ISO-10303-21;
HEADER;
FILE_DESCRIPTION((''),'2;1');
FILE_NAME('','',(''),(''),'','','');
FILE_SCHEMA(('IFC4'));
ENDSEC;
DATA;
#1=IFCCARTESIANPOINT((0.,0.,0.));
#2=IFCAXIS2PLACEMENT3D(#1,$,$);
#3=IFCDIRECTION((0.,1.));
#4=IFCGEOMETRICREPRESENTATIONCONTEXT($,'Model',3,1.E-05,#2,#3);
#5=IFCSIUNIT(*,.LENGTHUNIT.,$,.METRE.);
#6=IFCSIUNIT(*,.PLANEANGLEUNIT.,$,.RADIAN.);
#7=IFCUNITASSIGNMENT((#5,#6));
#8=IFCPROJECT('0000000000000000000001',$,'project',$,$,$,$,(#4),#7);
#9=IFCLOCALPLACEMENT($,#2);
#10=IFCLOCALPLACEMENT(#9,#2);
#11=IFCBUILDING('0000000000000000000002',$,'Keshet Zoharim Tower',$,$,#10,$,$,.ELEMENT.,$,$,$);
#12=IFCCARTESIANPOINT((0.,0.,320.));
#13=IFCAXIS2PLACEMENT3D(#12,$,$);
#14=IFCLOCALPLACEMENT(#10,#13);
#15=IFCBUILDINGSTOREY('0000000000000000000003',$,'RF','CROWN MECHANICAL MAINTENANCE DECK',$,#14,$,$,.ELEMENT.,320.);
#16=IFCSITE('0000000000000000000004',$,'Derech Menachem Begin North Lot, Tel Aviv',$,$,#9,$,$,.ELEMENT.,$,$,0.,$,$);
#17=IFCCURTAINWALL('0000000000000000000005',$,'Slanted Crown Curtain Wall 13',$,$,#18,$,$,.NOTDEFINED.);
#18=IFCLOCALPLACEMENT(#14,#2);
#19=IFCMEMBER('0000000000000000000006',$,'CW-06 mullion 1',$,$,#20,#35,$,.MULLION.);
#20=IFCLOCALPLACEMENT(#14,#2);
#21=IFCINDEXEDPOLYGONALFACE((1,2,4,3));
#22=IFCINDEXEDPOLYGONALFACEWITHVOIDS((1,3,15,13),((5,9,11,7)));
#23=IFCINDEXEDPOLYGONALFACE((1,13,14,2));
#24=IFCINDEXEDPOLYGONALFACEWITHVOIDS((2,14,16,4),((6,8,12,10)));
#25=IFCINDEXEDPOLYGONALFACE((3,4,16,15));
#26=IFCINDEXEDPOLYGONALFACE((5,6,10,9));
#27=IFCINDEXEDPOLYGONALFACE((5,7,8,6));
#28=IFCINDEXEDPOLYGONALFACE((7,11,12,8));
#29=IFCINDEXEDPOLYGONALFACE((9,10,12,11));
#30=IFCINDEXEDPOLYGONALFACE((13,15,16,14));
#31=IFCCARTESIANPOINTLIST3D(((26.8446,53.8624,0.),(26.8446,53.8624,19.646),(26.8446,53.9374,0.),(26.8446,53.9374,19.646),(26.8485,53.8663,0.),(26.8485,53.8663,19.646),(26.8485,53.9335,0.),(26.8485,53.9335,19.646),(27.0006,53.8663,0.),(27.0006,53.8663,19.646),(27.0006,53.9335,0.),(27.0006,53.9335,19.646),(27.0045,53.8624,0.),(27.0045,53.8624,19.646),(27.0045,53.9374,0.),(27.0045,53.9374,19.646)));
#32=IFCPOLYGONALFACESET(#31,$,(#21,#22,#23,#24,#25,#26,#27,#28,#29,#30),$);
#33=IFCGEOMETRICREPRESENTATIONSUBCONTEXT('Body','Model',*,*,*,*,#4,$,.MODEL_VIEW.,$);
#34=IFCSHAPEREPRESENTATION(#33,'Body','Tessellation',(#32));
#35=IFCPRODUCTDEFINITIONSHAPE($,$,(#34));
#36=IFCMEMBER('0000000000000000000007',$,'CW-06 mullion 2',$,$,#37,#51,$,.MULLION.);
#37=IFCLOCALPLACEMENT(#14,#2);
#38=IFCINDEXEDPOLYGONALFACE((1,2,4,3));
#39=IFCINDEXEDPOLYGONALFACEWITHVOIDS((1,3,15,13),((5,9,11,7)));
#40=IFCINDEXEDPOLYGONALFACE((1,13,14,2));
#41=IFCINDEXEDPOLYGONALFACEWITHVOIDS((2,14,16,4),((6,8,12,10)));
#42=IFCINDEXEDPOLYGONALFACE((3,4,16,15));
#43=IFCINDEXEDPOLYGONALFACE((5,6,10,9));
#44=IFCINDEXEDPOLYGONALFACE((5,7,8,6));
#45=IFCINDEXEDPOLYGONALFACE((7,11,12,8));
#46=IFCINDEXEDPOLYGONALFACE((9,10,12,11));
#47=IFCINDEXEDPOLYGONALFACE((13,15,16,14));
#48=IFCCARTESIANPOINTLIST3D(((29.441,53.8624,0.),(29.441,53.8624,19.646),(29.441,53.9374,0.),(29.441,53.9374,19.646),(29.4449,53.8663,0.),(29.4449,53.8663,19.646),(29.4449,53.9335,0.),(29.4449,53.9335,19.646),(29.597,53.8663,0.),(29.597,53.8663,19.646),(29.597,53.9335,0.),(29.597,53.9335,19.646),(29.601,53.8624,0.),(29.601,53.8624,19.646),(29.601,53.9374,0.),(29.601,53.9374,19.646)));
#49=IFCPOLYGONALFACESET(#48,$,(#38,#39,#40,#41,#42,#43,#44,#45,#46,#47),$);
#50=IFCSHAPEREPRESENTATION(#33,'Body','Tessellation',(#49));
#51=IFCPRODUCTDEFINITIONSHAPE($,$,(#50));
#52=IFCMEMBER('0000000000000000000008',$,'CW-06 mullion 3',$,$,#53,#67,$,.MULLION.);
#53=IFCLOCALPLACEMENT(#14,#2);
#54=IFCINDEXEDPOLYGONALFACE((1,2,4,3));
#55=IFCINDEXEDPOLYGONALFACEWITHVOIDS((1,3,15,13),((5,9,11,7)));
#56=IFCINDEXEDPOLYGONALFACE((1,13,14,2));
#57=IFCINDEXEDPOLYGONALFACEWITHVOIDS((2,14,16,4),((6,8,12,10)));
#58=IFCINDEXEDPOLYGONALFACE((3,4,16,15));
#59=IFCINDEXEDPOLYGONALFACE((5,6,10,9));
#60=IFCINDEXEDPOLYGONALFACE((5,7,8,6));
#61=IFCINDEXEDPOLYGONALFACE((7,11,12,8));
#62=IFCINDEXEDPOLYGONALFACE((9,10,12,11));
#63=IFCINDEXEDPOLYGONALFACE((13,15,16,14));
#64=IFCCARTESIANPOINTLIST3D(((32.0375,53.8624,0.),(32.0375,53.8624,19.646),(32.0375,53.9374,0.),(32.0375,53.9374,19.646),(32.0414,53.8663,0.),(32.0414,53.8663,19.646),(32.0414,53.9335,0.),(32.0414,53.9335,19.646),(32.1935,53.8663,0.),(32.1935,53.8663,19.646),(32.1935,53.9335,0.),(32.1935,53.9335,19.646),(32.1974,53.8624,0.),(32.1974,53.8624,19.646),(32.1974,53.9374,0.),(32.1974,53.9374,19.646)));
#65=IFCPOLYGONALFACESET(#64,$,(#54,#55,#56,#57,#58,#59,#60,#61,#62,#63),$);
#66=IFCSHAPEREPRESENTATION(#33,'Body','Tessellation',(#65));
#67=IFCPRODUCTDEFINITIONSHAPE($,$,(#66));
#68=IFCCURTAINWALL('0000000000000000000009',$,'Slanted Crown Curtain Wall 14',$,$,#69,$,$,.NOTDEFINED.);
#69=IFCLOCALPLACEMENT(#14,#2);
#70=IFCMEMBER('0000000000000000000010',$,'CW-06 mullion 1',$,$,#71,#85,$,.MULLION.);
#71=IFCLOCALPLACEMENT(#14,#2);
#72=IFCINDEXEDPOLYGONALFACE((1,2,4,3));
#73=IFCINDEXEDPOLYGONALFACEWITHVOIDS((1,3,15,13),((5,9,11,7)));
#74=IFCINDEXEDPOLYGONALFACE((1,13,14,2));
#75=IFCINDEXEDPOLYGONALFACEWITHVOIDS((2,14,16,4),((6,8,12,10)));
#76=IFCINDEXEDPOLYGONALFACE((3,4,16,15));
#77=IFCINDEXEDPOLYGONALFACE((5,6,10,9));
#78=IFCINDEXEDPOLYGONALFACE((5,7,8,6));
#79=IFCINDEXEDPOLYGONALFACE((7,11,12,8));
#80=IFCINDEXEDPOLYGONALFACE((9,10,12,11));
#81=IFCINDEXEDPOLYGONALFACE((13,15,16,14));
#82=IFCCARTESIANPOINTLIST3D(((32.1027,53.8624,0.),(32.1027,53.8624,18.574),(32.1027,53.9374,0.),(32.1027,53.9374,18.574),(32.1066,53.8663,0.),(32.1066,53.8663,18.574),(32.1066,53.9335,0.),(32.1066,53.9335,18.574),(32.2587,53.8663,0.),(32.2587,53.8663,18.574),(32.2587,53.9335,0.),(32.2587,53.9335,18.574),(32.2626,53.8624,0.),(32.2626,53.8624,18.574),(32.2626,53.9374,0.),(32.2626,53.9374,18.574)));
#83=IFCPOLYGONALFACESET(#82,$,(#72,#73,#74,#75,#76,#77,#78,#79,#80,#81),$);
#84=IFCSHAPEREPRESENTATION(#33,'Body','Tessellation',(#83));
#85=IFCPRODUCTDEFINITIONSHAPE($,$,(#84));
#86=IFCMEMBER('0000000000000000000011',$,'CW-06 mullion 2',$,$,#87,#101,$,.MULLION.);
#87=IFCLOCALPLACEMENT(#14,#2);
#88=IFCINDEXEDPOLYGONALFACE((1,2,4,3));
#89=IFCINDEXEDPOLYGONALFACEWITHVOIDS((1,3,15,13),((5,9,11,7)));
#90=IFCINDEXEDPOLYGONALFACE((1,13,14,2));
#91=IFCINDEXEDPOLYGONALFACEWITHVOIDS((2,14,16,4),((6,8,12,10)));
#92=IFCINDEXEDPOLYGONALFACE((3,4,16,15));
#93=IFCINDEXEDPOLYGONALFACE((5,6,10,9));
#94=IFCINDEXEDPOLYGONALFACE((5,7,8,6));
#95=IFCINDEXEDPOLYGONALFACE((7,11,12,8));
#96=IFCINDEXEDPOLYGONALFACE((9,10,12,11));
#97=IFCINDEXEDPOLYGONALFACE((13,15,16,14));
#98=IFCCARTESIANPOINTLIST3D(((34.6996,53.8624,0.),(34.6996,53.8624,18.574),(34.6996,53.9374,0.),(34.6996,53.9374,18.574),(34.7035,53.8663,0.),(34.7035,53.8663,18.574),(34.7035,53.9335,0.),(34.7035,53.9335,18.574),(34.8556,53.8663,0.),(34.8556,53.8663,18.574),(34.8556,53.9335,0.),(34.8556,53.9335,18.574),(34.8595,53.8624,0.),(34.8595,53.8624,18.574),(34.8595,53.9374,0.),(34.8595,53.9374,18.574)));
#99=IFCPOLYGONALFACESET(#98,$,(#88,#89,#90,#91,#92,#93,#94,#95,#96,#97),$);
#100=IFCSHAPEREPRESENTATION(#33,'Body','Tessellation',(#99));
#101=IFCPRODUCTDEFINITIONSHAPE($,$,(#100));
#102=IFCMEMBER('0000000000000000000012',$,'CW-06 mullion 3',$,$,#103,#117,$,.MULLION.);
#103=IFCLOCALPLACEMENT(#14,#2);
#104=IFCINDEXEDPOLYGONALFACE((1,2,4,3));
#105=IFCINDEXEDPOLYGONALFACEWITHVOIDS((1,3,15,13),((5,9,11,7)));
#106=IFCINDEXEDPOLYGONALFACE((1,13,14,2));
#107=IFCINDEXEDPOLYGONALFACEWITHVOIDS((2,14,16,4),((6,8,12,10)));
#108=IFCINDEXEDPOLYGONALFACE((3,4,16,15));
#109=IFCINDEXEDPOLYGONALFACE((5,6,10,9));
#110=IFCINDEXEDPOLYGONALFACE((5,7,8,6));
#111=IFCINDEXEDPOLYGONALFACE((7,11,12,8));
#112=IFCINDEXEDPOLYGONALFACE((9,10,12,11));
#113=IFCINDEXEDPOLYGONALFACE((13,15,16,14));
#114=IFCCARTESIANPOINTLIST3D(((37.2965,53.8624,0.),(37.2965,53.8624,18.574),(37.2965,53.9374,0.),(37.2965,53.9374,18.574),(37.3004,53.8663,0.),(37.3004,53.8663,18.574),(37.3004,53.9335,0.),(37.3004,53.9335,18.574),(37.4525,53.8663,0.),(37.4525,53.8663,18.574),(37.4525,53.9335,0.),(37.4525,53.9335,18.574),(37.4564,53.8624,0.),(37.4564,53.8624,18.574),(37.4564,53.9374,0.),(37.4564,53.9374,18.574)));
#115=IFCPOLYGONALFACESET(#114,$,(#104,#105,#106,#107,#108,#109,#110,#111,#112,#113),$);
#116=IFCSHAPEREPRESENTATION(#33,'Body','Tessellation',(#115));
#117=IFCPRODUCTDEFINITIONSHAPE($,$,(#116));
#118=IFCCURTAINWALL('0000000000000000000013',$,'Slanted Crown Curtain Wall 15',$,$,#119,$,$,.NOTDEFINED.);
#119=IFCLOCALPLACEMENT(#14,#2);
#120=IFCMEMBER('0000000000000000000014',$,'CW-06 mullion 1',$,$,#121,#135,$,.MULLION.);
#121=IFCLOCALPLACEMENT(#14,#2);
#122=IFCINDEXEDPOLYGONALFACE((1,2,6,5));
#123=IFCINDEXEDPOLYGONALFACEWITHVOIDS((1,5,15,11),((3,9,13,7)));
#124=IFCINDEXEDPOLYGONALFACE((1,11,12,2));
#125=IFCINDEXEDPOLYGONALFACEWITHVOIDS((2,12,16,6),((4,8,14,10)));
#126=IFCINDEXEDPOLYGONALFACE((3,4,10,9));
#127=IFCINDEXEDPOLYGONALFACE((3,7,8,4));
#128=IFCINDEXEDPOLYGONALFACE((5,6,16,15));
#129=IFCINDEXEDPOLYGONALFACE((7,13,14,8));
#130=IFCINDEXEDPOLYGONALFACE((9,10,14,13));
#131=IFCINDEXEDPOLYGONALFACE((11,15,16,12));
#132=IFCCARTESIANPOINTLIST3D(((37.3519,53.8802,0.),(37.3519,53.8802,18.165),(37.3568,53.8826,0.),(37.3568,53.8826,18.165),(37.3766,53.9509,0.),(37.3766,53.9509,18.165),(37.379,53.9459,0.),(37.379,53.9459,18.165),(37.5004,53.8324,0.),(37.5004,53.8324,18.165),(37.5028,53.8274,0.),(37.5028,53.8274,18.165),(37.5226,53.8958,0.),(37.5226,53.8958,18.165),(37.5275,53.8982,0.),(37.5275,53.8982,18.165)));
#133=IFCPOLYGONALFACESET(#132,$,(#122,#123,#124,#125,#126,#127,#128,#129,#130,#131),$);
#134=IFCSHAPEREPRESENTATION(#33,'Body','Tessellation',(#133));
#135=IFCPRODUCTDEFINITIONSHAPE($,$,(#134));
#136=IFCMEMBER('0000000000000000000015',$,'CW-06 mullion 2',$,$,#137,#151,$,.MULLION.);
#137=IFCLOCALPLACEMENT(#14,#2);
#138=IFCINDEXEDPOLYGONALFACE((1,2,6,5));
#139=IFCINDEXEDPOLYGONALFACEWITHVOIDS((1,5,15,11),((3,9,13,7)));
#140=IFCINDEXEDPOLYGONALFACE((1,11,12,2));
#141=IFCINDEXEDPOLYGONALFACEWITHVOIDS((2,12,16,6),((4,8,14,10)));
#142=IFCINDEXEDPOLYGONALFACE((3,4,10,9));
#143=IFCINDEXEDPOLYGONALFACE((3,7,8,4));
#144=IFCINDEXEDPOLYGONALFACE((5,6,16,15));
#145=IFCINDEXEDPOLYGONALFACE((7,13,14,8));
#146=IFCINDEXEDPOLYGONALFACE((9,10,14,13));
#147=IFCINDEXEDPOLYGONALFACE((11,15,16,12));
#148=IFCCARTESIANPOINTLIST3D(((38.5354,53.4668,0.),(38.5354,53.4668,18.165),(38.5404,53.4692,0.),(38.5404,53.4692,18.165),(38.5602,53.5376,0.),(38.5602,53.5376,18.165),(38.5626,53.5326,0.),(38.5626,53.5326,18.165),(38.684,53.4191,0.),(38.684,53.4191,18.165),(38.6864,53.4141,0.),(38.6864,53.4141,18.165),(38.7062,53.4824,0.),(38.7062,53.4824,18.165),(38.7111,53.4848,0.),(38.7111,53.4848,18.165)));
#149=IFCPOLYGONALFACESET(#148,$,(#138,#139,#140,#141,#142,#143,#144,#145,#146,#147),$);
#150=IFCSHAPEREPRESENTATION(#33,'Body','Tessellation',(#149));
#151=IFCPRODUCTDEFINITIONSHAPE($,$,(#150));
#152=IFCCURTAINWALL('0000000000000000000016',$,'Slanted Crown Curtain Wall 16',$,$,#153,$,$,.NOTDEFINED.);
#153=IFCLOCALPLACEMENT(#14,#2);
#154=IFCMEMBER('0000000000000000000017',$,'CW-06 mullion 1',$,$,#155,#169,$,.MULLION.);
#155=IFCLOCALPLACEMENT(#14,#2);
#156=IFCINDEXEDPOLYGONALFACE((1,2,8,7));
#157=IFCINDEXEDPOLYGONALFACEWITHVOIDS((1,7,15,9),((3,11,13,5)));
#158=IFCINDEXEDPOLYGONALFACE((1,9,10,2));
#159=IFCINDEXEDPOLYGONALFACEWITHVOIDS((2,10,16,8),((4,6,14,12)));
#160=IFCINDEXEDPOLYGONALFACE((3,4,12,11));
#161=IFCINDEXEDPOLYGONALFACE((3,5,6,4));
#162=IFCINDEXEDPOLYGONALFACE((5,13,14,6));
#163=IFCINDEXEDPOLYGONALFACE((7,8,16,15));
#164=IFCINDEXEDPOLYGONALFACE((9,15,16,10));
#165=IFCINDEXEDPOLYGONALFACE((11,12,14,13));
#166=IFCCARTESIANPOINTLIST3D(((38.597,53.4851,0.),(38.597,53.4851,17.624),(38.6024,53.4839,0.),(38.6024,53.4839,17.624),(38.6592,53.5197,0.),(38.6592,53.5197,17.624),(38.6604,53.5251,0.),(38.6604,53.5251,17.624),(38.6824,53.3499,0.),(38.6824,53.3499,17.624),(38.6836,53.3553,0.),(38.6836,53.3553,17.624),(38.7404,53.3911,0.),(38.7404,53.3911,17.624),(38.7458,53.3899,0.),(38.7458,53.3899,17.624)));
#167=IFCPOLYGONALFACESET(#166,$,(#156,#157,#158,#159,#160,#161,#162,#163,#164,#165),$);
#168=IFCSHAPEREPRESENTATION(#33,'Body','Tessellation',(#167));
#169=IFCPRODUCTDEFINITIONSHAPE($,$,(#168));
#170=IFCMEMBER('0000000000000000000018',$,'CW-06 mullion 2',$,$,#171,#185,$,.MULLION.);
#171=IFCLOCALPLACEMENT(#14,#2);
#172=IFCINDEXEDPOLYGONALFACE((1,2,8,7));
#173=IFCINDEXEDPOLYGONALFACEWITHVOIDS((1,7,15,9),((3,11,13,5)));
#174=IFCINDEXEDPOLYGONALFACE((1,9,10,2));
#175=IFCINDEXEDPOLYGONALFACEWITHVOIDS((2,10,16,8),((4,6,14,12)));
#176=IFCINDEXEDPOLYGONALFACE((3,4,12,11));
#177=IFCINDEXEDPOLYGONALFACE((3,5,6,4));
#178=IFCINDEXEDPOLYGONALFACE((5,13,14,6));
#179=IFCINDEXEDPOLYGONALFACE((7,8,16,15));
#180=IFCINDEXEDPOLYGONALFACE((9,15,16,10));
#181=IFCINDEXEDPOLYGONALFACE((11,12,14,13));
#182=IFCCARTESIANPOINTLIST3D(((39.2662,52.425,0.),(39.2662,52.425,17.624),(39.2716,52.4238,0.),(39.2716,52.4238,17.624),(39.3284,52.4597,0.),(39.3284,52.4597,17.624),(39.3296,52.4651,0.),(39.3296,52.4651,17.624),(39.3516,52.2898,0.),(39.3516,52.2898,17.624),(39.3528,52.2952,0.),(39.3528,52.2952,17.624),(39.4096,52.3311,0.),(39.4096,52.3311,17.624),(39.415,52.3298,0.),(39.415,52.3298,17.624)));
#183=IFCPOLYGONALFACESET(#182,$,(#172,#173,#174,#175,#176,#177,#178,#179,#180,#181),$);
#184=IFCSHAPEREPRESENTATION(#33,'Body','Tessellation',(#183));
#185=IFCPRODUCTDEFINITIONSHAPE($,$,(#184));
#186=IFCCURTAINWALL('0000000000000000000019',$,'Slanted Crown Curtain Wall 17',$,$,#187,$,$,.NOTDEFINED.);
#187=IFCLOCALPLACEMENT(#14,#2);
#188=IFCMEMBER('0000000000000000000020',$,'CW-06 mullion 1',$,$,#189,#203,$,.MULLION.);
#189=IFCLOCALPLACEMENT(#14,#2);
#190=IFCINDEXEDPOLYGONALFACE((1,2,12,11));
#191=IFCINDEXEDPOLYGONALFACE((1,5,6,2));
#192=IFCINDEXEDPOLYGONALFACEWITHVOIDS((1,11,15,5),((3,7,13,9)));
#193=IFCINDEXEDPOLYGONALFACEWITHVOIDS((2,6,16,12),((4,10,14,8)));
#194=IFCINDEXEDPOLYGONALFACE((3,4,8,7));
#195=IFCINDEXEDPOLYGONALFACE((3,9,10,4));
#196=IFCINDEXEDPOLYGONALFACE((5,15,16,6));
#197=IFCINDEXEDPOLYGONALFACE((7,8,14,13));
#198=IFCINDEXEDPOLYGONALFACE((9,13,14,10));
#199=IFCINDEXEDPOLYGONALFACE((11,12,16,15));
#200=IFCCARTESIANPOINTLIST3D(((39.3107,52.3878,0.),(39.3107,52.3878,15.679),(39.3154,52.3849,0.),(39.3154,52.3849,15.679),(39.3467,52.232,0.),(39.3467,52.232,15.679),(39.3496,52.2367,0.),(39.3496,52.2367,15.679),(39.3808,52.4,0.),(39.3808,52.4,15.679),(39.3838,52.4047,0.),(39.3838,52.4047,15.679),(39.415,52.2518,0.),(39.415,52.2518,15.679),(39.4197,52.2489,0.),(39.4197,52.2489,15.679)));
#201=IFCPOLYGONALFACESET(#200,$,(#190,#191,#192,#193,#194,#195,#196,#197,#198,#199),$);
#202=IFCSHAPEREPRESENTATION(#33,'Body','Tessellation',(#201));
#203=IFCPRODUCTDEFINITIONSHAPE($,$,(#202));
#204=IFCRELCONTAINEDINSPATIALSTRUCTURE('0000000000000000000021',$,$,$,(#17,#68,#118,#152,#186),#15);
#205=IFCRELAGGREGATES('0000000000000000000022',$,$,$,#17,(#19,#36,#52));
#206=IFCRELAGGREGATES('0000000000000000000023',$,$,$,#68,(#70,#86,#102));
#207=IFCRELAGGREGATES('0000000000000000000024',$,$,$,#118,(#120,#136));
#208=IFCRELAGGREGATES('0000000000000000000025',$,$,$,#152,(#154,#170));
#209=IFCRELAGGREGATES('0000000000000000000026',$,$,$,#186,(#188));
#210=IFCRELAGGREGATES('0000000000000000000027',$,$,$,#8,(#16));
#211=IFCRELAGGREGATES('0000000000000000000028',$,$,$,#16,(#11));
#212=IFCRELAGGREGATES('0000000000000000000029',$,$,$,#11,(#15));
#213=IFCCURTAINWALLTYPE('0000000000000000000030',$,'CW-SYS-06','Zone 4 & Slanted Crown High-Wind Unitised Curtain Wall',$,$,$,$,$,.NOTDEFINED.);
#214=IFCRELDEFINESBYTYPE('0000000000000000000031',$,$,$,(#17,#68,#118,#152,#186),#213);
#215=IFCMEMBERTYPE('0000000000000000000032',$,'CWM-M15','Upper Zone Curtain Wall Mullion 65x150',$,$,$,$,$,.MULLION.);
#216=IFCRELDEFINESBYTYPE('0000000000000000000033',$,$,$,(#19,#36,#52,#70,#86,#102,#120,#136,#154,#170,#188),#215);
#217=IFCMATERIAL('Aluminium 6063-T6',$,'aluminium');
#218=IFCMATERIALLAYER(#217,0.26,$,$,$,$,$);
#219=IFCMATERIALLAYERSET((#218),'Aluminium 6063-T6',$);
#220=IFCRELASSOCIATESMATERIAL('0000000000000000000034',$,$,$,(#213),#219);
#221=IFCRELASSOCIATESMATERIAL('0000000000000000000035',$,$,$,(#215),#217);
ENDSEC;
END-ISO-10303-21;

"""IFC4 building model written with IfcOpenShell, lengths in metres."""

from ifc_helpers import new_model, si_unit, direction, frame, origin, origin_2d, place, context, subcontext, project, spatial, hollow_rectangle, extrude, material, layer, layer_set, material_profile, profile_set, type_object, element, aggregate, save


model = new_model("IFC4")

# Units and contexts
model_context = context("Model", 3, precision=1e-05, world=origin(), true_north=direction((0.0, 1.0)))
body_context = subcontext(model_context, "Body", "Model", "MODEL_VIEW")
ifc_project = project(units=[si_unit("LENGTHUNIT", "METRE"), si_unit("PLANEANGLEUNIT", "RADIAN")], contexts=[model_context])

# Site, building, storey
site_placement = place(None, origin())
site = spatial("IfcSite", under=ifc_project, at=site_placement, Name="Derech Menachem Begin North Lot, Tel Aviv", CompositionType="ELEMENT", RefElevation=0.0)
building_placement = place(site_placement, origin())
building = spatial("IfcBuilding", under=site, at=building_placement, Name="Keshet Zoharim Tower", CompositionType="ELEMENT")
storey_placement = place(building_placement, frame((0.0, 0.0, 320.0)))
storey = spatial("IfcBuildingStorey", under=building, at=storey_placement, Name="RF", Description="CROWN MECHANICAL MAINTENANCE DECK", CompositionType="ELEMENT", Elevation=320.0)

# Curtain walls, members
ifc_material_1 = material(Name="Aluminium 6063-T6", Category="aluminium")
ifc_layer_1 = layer(ifc_material_1, 0.26)
ifc_layer_set_1 = layer_set([ifc_layer_1], Name="Aluminium 6063-T6")
curtain_wall_type = type_object("IfcCurtainWallType", Name="CW-SYS-06", Description="Zone 4 & Slanted Crown High-Wind Unitised Curtain Wall", PredefinedType="NOTDEFINED", material=ifc_layer_set_1)
ifc_material_profile_1 = material_profile(ifc_material_1, hollow_rectangle(XDim=0.075, YDim=0.1599, WallThickness=0.0039, at=origin_2d()), Name="MUL-75x160")
ifc_profile_set_1 = profile_set([ifc_material_profile_1], Name="Aluminium 6063-T6")
member_type_1 = type_object("IfcMemberType", Name="CWM-M15", Description="Upper Zone Curtain Wall Mullion 65x150", PredefinedType="MULLION", material=ifc_profile_set_1)
curtain_wall_1_placement = place(storey_placement, origin())
curtain_wall_1 = element("IfcCurtainWall", 1, at=curtain_wall_1_placement, inside=storey, type_object=curtain_wall_type, Name="Slanted Crown Curtain Wall 13", PredefinedType="NOTDEFINED")
member_1_placement = place(storey_placement, frame((26.9246, 53.8999, 0.0), z_axis=(0.0, 0.0, 1.0), x_axis=(0.0, 1.0, 0.0)))
member_1 = element("IfcMember", 2, at=member_1_placement, type_object=member_type_1, Name="CW-06 mullion 1", PredefinedType="MULLION", context=body_context, shape_type="SweptSolid", body=[
    extrude(hollow_rectangle(XDim=0.075, YDim=0.1599, WallThickness=0.0039, at=origin_2d()), origin(), (0.0, 0.0, 1.0), 19.646),
])
member_2_placement = place(storey_placement, frame((29.521, 53.8999, 0.0), z_axis=(0.0, 0.0, 1.0), x_axis=(0.0, 1.0, 0.0)))
member_2 = element("IfcMember", 3, at=member_2_placement, type_object=member_type_1, Name="CW-06 mullion 2", PredefinedType="MULLION", context=body_context, shape_type="SweptSolid", body=[
    extrude(hollow_rectangle(XDim=0.075, YDim=0.1599, WallThickness=0.0039, at=origin_2d()), origin(), (0.0, 0.0, 1.0), 19.646),
])
member_3_placement = place(storey_placement, frame((32.1174, 53.8999, 0.0), z_axis=(0.0, 0.0, 1.0), x_axis=(0.0, 1.0, 0.0)))
member_3 = element("IfcMember", 4, at=member_3_placement, type_object=member_type_1, Name="CW-06 mullion 3", PredefinedType="MULLION", context=body_context, shape_type="SweptSolid", body=[
    extrude(hollow_rectangle(XDim=0.075, YDim=0.1599, WallThickness=0.0039, at=origin_2d()), origin(), (0.0, 0.0, 1.0), 19.646),
])
curtain_wall_2_placement = place(storey_placement, origin())
curtain_wall_2 = element("IfcCurtainWall", 5, at=curtain_wall_2_placement, inside=storey, type_object=curtain_wall_type, Name="Slanted Crown Curtain Wall 14", PredefinedType="NOTDEFINED")
member_4_placement = place(storey_placement, frame((32.1826, 53.8999, 0.0), z_axis=(0.0, 0.0, 1.0), x_axis=(0.0, 1.0, 0.0)))
member_4 = element("IfcMember", 6, at=member_4_placement, type_object=member_type_1, Name="CW-06 mullion 1", PredefinedType="MULLION", context=body_context, shape_type="SweptSolid", body=[
    extrude(hollow_rectangle(XDim=0.075, YDim=0.1599, WallThickness=0.0039, at=origin_2d()), origin(), (0.0, 0.0, 1.0), 18.574),
])
member_5_placement = place(storey_placement, frame((34.7795, 53.8999, 0.0), z_axis=(0.0, 0.0, 1.0), x_axis=(0.0, 1.0, 0.0)))
member_5 = element("IfcMember", 7, at=member_5_placement, type_object=member_type_1, Name="CW-06 mullion 2", PredefinedType="MULLION", context=body_context, shape_type="SweptSolid", body=[
    extrude(hollow_rectangle(XDim=0.075, YDim=0.1599, WallThickness=0.0039, at=origin_2d()), origin(), (0.0, 0.0, 1.0), 18.574),
])
member_6_placement = place(storey_placement, frame((37.3765, 53.8999, 0.0), z_axis=(0.0, 0.0, 1.0), x_axis=(0.0, 1.0, 0.0)))
member_6 = element("IfcMember", 8, at=member_6_placement, type_object=member_type_1, Name="CW-06 mullion 3", PredefinedType="MULLION", context=body_context, shape_type="SweptSolid", body=[
    extrude(hollow_rectangle(XDim=0.075, YDim=0.1599, WallThickness=0.0039, at=origin_2d()), origin(), (0.0, 0.0, 1.0), 18.574),
])
curtain_wall_3_placement = place(storey_placement, origin())
curtain_wall_3 = element("IfcCurtainWall", 9, at=curtain_wall_3_placement, inside=storey, type_object=curtain_wall_type, Name="Slanted Crown Curtain Wall 15", PredefinedType="NOTDEFINED")
member_7_placement = place(storey_placement, frame((37.4397, 53.8892, 0.0), z_axis=(0.0, 0.0, 1.0), x_axis=(0.329844, 0.944036, 0.0)))
member_7 = element("IfcMember", 10, at=member_7_placement, type_object=member_type_1, Name="CW-06 mullion 1", PredefinedType="MULLION", context=body_context, shape_type="SweptSolid", body=[
    extrude(hollow_rectangle(XDim=0.075, YDim=0.1599, WallThickness=0.0039, at=origin_2d()), origin(), (0.0, 0.0, 1.0), 18.165),
])
member_8_placement = place(storey_placement, frame((38.6233, 53.4758, 0.0), z_axis=(0.0, 0.0, 1.0), x_axis=(0.329844, 0.944036, 0.0)))
member_8 = element("IfcMember", 11, at=member_8_placement, type_object=member_type_1, Name="CW-06 mullion 2", PredefinedType="MULLION", context=body_context, shape_type="SweptSolid", body=[
    extrude(hollow_rectangle(XDim=0.075, YDim=0.1599, WallThickness=0.0039, at=origin_2d()), origin(), (0.0, 0.0, 1.0), 18.165),
])
curtain_wall_4_placement = place(storey_placement, origin())
curtain_wall_4 = element("IfcCurtainWall", 12, at=curtain_wall_4_placement, inside=storey, type_object=curtain_wall_type, Name="Slanted Crown Curtain Wall 16", PredefinedType="NOTDEFINED")
member_9_placement = place(storey_placement, frame((38.6714, 53.4375, 0.0), z_axis=(0.0, 0.0, 1.0), x_axis=(0.845561, 0.533879, 0.0)))
member_9 = element("IfcMember", 13, at=member_9_placement, type_object=member_type_1, Name="CW-06 mullion 1", PredefinedType="MULLION", context=body_context, shape_type="SweptSolid", body=[
    extrude(hollow_rectangle(XDim=0.075, YDim=0.1599, WallThickness=0.0039, at=origin_2d()), origin(), (0.0, 0.0, 1.0), 17.624),
])
member_10_placement = place(storey_placement, frame((39.3406, 52.3774, 0.0), z_axis=(0.0, 0.0, 1.0), x_axis=(0.845561, 0.533879, 0.0)))
member_10 = element("IfcMember", 14, at=member_10_placement, type_object=member_type_1, Name="CW-06 mullion 2", PredefinedType="MULLION", context=body_context, shape_type="SweptSolid", body=[
    extrude(hollow_rectangle(XDim=0.075, YDim=0.1599, WallThickness=0.0039, at=origin_2d()), origin(), (0.0, 0.0, 1.0), 17.624),
])
curtain_wall_5_placement = place(storey_placement, origin())
curtain_wall_5 = element("IfcCurtainWall", 15, at=curtain_wall_5_placement, inside=storey, type_object=curtain_wall_type, Name="Slanted Crown Curtain Wall 17", PredefinedType="NOTDEFINED")
member_11_placement = place(storey_placement, frame((39.3652, 52.3184, 0.0), z_axis=(0.0, 0.0, 1.0), x_axis=(0.974384, 0.224889, 0.0)))
member_11 = element("IfcMember", 16, at=member_11_placement, type_object=member_type_1, Name="CW-06 mullion 1", PredefinedType="MULLION", context=body_context, shape_type="SweptSolid", body=[
    extrude(hollow_rectangle(XDim=0.075, YDim=0.1599, WallThickness=0.0039, at=origin_2d()), origin(), (0.0, 0.0, 1.0), 15.679),
])

aggregate(curtain_wall_1, [member_1, member_2, member_3])
aggregate(curtain_wall_2, [member_4, member_5, member_6])

aggregate(curtain_wall_3, [member_7, member_8])
aggregate(curtain_wall_4, [member_9, member_10])
aggregate(curtain_wall_5, [member_11])

save(model, "model.ifc")
